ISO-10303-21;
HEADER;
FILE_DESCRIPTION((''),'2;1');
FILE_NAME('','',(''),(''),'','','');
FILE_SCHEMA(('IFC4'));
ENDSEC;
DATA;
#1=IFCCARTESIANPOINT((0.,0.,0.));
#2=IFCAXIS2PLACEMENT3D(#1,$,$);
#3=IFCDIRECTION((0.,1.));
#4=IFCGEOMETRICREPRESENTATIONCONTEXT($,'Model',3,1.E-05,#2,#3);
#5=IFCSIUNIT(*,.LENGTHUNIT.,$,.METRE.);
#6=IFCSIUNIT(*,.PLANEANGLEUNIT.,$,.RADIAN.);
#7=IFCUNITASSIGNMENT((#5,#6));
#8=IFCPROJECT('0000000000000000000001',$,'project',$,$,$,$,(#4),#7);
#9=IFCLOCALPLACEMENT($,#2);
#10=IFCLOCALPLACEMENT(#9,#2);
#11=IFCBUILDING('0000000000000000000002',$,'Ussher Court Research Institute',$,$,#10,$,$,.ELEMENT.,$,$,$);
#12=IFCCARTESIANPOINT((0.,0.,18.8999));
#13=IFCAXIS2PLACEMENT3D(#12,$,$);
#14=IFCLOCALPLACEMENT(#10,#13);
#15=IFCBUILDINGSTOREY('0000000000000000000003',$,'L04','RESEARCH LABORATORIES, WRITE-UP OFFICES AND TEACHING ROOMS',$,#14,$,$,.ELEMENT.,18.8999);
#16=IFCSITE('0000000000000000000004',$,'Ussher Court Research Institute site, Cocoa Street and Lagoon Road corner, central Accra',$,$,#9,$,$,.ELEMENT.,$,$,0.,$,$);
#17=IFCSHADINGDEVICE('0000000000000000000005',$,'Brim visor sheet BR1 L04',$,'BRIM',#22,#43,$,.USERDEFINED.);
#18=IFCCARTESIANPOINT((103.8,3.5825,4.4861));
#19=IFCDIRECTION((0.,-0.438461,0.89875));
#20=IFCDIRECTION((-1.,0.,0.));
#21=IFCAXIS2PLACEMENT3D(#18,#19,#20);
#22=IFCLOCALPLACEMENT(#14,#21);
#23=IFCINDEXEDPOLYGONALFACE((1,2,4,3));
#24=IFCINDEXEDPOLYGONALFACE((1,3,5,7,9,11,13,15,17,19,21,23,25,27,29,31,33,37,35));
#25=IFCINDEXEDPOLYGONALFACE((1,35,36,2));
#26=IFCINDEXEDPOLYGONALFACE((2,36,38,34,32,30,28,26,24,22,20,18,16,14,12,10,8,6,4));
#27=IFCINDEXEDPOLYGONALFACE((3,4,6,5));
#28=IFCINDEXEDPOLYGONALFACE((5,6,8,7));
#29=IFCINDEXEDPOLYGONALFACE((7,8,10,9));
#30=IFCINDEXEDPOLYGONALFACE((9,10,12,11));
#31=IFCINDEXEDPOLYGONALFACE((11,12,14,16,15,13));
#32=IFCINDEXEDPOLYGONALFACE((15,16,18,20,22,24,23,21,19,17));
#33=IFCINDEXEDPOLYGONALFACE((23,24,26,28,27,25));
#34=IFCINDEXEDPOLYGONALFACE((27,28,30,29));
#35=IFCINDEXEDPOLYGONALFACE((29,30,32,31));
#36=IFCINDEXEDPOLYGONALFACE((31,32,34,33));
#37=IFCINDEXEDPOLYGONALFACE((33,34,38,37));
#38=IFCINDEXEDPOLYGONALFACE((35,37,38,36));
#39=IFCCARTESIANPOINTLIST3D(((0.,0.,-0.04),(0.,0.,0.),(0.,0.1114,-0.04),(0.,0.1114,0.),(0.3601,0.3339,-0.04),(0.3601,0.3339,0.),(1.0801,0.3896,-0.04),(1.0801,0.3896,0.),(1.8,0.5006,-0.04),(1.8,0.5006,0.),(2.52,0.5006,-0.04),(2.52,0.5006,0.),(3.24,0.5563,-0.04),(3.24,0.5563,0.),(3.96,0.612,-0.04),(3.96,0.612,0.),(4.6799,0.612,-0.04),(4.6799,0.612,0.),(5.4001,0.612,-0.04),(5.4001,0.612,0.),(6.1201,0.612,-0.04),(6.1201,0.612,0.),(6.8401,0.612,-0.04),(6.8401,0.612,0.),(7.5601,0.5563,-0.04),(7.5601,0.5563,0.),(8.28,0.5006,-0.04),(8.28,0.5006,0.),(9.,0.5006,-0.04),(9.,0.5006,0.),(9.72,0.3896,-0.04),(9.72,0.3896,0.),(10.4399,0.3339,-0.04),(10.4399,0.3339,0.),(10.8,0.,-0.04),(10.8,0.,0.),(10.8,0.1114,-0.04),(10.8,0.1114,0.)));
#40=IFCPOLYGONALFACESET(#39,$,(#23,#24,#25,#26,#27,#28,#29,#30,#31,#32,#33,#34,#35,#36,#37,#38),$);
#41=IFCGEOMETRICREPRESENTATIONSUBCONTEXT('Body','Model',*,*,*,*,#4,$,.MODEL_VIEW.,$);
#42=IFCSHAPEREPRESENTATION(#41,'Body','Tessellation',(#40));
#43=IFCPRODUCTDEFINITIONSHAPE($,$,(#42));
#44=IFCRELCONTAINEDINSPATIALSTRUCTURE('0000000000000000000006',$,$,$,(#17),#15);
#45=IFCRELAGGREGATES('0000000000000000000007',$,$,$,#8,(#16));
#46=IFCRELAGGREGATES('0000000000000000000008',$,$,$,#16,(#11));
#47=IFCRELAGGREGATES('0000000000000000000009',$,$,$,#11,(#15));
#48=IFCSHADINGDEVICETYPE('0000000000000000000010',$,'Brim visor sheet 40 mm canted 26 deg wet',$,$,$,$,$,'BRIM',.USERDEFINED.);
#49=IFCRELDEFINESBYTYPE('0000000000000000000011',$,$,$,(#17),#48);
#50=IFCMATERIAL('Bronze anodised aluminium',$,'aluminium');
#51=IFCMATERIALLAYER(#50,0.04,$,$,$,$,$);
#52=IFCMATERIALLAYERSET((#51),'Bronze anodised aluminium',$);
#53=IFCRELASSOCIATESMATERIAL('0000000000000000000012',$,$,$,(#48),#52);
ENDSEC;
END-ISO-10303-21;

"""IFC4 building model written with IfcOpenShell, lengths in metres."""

from ifc_helpers import new_model, si_unit, direction, frame, origin, place, context, subcontext, project, spatial, polyline, outline, extrude, material, layer, layer_set, type_object, element, save


model = new_model("IFC4")

# Units and contexts
model_context = context("Model", 3, precision=1e-05, world=origin(), true_north=direction((0.0, 1.0)))
body_context = subcontext(model_context, "Body", "Model", "MODEL_VIEW")
ifc_project = project(units=[si_unit("LENGTHUNIT", "METRE"), si_unit("PLANEANGLEUNIT", "RADIAN")], contexts=[model_context])

# Site, building, storey
site_placement = place(None, origin())
site = spatial("IfcSite", under=ifc_project, at=site_placement, Name="Ussher Court Research Institute site, Cocoa Street and Lagoon Road corner, central Accra", CompositionType="ELEMENT", RefElevation=0.0)
building_placement = place(site_placement, origin())
building = spatial("IfcBuilding", under=site, at=building_placement, Name="Ussher Court Research Institute", CompositionType="ELEMENT")
storey_placement = place(building_placement, frame((0.0, 0.0, 18.8999)))
storey = spatial("IfcBuildingStorey", under=building, at=storey_placement, Name="L04", Description="RESEARCH LABORATORIES, WRITE-UP OFFICES AND TEACHING ROOMS", CompositionType="ELEMENT", Elevation=18.8999)

# Shading device
ifc_material_1 = material(Name="Bronze anodised aluminium", Category="aluminium")
ifc_layer_1 = layer(ifc_material_1, 0.04)
ifc_layer_set_1 = layer_set([ifc_layer_1], Name="Bronze anodised aluminium")
shading_device_type_1 = type_object("IfcShadingDeviceType", Name="Brim visor sheet 40 mm canted 26 deg wet", ElementType="BRIM", PredefinedType="USERDEFINED", material=ifc_layer_set_1)
shading_device_1_placement = place(storey_placement, frame((103.8, 3.5825, 4.4861), z_axis=(0.0, -0.438461, 0.89875), x_axis=(-1.0, 0.0, 0.0)))
element("IfcShadingDevice", 1, at=shading_device_1_placement, inside=storey, type_object=shading_device_type_1, Name="Brim visor sheet BR1 L04", ObjectType="BRIM", PredefinedType="USERDEFINED", context=body_context, shape_type="SweptSolid", body=[
    extrude(outline(polyline([(0.0, 0.0), (10.8, 0.0), (10.8, 0.1114), (10.4399, 0.3339), (9.72, 0.3896), (9.0, 0.5006), (8.28, 0.5006), (7.5601, 0.5563), (6.8401, 0.612), (6.1201, 0.612), (5.4001, 0.612), (4.6799, 0.612), (3.96, 0.612), (3.24, 0.5563), (2.52, 0.5006), (1.8, 0.5006), (1.0801, 0.3896), (0.3601, 0.3339), (0.0, 0.1114), (0.0, 0.0)])), origin(), (0.0, 0.0, -1.0), 0.04),
])

save(model, "model.ifc")
